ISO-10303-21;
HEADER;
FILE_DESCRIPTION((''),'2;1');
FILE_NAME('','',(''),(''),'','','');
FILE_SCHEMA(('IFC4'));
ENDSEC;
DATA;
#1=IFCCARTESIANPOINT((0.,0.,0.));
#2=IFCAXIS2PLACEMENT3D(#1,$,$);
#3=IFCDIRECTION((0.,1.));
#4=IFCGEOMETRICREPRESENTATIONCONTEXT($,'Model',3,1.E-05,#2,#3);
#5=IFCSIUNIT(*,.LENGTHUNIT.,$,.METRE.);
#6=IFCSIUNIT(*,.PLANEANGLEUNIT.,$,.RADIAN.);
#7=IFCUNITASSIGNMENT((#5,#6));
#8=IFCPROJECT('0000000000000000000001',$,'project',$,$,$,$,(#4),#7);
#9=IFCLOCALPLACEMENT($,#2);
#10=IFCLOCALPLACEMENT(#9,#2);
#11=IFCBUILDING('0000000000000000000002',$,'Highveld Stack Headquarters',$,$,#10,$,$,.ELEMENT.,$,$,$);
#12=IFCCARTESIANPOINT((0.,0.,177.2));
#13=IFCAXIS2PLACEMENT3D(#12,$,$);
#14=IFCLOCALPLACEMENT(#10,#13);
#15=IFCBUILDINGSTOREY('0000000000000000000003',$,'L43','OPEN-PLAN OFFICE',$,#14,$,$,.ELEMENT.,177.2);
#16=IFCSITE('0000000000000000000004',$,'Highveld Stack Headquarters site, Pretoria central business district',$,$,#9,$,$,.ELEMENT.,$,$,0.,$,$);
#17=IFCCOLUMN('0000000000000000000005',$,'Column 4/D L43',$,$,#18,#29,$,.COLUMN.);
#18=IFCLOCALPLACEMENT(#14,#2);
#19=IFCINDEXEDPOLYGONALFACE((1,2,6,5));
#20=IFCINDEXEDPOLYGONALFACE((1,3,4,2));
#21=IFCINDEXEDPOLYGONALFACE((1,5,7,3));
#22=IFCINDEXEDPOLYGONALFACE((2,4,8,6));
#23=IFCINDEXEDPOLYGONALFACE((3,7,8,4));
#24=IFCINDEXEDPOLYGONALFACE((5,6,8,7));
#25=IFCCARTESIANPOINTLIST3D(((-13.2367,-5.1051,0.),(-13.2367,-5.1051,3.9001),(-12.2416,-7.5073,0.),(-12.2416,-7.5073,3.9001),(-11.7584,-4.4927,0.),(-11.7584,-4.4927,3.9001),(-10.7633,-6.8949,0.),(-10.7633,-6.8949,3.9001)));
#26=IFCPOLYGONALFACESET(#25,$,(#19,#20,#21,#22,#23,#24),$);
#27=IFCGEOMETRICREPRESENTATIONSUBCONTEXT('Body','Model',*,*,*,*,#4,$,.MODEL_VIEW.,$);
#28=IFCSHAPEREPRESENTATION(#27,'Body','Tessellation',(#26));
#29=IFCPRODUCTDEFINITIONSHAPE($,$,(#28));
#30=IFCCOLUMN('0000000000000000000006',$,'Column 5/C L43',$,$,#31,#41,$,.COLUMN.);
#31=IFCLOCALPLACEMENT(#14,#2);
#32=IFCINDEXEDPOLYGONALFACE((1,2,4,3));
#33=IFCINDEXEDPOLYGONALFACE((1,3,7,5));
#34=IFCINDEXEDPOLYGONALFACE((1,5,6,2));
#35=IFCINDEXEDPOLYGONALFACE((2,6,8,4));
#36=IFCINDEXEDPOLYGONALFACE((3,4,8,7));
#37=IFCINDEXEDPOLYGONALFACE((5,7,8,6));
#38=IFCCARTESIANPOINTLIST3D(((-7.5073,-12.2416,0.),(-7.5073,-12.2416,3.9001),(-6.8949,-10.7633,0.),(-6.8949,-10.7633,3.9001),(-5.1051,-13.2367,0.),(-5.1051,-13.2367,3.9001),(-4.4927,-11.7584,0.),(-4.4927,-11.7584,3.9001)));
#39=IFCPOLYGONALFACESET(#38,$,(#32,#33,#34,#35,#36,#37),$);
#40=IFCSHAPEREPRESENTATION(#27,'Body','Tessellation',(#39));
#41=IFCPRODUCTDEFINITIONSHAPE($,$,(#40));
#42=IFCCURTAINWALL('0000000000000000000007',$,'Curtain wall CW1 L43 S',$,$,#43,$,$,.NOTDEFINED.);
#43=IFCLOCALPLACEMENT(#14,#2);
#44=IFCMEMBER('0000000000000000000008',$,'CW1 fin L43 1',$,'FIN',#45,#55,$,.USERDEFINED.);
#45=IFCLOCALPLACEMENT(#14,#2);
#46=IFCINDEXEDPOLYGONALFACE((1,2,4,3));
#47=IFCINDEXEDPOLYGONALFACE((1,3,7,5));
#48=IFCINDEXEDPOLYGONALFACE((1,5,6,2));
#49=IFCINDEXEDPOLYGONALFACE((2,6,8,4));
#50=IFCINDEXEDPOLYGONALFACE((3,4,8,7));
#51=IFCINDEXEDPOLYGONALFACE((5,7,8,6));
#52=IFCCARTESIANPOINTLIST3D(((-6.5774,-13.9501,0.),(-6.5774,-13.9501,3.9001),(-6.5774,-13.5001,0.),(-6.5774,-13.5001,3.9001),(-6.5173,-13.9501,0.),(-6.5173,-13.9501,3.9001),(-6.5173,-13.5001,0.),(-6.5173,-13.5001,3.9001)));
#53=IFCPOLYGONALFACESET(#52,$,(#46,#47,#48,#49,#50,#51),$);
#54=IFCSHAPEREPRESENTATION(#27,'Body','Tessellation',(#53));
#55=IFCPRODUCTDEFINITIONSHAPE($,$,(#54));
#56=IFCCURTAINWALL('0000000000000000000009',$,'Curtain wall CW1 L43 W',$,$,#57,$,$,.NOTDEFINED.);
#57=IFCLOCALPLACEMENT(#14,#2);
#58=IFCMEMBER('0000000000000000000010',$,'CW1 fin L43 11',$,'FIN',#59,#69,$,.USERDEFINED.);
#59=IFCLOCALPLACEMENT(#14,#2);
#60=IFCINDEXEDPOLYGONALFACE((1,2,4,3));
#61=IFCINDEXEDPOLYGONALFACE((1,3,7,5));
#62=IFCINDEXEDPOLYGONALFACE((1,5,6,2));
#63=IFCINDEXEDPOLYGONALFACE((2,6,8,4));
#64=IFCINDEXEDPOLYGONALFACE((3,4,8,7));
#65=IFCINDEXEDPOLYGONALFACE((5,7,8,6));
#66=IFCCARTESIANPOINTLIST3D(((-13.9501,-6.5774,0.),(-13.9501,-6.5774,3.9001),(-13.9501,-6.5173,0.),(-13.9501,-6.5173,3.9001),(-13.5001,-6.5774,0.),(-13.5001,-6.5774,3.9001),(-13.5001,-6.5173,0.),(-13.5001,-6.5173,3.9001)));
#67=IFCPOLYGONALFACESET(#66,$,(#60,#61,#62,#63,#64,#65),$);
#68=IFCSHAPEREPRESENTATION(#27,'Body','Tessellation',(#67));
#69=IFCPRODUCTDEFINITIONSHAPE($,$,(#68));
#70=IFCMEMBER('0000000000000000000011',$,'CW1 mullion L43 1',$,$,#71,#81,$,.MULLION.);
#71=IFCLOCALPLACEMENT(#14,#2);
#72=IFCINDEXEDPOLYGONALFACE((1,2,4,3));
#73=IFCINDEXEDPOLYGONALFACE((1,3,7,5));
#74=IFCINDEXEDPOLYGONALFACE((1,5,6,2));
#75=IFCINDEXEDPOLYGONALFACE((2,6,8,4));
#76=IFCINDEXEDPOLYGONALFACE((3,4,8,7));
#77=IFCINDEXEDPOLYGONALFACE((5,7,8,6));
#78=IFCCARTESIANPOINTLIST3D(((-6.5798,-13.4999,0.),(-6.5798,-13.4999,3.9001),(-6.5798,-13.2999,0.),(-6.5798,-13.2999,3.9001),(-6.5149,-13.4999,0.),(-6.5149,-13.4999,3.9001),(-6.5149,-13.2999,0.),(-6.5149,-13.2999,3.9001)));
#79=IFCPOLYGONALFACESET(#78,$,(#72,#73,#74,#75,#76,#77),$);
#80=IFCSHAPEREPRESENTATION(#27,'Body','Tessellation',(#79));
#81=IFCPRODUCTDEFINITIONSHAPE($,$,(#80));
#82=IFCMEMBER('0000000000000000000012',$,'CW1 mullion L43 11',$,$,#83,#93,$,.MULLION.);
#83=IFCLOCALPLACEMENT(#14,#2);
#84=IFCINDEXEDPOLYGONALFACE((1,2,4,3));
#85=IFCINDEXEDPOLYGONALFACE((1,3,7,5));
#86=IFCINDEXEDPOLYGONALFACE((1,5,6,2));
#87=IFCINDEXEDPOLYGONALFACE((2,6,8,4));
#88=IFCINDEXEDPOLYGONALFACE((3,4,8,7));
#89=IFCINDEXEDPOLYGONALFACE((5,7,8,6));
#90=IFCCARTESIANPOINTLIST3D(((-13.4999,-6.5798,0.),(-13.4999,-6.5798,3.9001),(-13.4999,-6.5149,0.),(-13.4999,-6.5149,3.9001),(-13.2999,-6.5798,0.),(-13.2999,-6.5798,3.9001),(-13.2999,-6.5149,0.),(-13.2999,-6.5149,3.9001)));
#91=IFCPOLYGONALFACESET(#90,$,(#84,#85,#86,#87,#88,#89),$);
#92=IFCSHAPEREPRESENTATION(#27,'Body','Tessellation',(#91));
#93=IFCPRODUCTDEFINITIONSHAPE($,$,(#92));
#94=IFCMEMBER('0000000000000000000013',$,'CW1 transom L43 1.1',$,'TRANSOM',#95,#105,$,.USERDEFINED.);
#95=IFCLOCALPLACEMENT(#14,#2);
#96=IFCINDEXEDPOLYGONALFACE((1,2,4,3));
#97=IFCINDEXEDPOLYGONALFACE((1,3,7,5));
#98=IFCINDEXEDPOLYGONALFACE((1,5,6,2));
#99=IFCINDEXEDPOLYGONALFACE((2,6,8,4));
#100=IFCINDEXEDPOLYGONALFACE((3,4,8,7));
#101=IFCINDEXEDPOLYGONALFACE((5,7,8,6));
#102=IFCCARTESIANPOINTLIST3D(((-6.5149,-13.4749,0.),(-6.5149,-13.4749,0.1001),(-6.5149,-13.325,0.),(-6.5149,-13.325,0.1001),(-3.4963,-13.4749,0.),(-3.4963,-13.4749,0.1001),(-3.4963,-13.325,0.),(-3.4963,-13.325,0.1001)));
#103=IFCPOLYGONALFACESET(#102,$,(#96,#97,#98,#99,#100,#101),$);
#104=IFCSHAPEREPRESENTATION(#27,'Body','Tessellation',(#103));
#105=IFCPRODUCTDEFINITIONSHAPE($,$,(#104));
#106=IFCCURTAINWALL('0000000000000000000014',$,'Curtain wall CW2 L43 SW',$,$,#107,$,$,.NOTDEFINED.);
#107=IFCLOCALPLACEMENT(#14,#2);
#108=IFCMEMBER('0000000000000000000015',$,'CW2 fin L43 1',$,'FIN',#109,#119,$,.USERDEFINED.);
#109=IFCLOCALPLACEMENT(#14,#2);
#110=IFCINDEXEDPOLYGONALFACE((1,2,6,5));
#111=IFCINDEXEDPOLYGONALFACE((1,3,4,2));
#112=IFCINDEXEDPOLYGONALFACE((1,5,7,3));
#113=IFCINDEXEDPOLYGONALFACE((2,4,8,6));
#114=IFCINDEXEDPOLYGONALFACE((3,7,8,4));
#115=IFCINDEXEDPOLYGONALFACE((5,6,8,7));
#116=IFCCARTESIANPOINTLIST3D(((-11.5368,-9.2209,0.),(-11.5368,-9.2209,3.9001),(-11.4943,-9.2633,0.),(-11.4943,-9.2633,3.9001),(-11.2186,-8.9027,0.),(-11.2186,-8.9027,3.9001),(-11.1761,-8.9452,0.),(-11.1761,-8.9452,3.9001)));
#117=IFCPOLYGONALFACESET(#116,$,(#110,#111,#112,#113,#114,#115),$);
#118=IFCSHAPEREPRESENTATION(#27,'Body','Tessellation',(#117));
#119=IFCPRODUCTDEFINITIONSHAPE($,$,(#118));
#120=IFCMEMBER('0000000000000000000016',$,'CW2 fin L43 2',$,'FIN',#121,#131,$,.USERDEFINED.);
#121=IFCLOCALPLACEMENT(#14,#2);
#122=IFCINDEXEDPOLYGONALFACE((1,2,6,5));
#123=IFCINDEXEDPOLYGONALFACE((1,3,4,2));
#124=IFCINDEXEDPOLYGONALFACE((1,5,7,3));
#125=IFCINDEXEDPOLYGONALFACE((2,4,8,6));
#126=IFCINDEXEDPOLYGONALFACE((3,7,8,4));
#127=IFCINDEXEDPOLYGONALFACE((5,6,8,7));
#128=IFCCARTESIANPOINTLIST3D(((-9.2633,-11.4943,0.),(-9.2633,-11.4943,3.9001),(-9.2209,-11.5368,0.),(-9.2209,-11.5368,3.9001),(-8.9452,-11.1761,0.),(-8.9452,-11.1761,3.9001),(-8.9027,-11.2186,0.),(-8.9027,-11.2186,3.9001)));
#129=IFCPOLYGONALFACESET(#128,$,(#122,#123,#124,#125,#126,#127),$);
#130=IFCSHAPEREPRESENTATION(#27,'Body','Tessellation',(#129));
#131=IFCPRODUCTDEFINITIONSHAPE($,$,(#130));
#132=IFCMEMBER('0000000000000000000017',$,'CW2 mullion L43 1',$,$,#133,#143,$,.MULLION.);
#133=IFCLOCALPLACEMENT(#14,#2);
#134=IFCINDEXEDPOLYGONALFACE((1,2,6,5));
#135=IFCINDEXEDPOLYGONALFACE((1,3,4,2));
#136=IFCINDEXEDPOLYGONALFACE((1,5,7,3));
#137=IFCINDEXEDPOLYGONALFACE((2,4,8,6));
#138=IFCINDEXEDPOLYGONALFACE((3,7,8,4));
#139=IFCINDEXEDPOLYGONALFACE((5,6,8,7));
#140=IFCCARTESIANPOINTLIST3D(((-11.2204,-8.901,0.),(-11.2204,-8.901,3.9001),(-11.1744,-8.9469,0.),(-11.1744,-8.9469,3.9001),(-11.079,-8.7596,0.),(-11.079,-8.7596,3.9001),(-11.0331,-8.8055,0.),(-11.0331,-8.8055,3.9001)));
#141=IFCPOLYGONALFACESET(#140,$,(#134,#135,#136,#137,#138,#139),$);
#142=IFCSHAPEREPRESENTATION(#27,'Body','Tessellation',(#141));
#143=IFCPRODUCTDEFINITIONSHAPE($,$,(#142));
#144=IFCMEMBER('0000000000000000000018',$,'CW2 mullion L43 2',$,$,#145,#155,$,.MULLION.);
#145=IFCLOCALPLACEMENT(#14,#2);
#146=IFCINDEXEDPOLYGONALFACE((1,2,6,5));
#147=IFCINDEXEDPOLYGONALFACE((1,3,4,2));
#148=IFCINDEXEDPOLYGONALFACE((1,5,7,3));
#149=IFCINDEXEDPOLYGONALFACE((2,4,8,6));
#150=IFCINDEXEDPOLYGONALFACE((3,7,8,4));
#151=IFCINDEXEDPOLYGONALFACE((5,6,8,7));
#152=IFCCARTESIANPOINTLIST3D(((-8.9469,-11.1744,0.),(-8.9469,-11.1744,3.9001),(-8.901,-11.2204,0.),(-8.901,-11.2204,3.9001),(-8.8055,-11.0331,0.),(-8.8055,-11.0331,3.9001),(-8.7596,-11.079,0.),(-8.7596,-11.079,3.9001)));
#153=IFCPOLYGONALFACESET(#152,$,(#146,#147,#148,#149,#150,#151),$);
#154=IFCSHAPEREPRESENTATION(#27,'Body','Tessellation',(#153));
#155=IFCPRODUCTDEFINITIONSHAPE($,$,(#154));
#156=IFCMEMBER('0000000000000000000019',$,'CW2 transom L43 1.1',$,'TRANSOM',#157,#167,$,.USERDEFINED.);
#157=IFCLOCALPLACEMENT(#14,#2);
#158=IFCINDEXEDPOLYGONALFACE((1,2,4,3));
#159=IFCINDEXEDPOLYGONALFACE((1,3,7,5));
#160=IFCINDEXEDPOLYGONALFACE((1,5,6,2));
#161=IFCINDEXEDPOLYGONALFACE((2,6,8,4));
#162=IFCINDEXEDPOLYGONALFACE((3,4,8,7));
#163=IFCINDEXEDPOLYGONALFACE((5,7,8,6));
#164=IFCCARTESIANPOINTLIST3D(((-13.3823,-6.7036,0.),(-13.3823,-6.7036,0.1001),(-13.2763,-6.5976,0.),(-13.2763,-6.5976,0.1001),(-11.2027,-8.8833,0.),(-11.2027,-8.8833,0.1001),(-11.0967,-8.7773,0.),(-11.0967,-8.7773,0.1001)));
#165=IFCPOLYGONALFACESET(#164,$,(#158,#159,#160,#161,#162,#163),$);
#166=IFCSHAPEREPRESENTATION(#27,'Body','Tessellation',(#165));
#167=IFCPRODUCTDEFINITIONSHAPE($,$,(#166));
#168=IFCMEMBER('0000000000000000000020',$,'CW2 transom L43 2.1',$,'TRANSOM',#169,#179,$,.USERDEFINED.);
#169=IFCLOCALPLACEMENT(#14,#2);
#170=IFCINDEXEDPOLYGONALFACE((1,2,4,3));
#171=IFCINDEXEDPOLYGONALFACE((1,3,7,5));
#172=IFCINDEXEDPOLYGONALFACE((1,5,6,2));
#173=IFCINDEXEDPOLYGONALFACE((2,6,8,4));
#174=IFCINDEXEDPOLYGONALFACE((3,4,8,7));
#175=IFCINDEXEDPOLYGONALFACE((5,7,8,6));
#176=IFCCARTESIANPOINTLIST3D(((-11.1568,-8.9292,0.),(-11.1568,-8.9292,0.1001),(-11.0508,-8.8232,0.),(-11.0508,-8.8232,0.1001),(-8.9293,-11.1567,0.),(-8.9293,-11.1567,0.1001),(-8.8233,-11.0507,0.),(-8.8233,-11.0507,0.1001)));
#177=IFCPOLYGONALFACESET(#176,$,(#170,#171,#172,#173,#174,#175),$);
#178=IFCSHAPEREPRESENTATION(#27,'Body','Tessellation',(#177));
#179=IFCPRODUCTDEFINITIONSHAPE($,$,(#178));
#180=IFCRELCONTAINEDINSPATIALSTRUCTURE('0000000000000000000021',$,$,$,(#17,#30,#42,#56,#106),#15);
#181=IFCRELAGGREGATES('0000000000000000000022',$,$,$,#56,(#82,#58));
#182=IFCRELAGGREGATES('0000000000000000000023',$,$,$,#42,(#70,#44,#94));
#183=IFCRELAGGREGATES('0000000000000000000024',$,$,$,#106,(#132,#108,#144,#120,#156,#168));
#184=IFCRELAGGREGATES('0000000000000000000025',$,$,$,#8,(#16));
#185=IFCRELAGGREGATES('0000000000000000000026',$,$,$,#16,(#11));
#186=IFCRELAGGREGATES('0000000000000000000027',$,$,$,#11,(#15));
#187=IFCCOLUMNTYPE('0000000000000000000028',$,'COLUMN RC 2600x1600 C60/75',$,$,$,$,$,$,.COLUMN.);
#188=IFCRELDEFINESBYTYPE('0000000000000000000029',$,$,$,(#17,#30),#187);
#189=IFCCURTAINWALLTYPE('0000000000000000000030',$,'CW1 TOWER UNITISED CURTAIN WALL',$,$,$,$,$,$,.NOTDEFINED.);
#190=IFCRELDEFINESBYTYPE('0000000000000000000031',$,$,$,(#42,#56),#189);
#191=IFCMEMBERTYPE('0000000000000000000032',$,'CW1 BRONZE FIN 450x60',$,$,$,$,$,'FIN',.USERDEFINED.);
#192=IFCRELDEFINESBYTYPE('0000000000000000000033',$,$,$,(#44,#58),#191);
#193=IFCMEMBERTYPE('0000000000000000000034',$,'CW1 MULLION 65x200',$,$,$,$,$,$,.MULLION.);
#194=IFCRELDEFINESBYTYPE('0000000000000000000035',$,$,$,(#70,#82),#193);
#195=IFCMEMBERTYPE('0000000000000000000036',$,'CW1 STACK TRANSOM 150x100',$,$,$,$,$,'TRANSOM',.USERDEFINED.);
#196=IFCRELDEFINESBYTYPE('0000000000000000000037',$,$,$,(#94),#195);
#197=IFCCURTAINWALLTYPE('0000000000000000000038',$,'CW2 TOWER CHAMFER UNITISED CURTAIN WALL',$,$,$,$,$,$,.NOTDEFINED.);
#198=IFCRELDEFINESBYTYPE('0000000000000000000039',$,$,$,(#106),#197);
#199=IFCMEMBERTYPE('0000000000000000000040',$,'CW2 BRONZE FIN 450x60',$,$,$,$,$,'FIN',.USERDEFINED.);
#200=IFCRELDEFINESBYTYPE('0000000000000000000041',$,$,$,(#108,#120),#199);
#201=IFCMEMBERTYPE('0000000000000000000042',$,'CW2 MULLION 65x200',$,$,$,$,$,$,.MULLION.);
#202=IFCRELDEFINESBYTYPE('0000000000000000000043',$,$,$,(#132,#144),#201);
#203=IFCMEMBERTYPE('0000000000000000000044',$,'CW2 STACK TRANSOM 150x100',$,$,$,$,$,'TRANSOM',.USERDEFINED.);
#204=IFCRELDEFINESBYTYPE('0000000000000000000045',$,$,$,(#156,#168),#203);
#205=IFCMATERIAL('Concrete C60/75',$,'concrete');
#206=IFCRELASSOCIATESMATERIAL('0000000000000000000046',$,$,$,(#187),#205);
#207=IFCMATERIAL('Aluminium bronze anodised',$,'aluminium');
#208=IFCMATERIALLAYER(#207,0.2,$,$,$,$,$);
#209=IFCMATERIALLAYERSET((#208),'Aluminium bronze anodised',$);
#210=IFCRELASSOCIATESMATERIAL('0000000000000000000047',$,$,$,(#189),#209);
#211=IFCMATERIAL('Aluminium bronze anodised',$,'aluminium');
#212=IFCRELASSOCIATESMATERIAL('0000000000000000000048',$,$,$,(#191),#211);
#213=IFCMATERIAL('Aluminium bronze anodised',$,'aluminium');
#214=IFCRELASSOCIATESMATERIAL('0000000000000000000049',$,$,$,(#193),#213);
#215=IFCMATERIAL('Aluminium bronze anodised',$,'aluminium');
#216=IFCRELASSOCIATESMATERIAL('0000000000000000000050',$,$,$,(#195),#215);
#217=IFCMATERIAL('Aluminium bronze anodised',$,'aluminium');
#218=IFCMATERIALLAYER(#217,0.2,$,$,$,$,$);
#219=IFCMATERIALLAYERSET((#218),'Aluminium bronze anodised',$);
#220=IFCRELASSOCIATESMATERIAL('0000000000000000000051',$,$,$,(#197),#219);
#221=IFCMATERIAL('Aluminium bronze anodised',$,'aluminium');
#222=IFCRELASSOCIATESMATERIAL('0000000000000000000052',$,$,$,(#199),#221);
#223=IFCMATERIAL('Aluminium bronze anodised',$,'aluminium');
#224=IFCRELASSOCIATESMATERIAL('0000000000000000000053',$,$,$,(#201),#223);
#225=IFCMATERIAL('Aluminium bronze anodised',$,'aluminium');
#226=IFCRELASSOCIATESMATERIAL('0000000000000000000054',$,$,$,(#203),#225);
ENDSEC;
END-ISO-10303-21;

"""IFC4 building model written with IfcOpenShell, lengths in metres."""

from ifc_helpers import new_model, si_unit, direction, frame, origin, origin_2d, place, context, subcontext, project, spatial, rectangle, extrude, material, layer, layer_set, material_profile, profile_set, type_object, element, aggregate, save


model = new_model("IFC4")

# Units and contexts
model_context = context("Model", 3, precision=1e-05, world=origin(), true_north=direction((0.0, 1.0)))
body_context = subcontext(model_context, "Body", "Model", "MODEL_VIEW")
ifc_project = project(units=[si_unit("LENGTHUNIT", "METRE"), si_unit("PLANEANGLEUNIT", "RADIAN")], contexts=[model_context])

# Site, building, storey
site_placement = place(None, origin())
site = spatial("IfcSite", under=ifc_project, at=site_placement, Name="Highveld Stack Headquarters site, Pretoria central business district", CompositionType="ELEMENT", RefElevation=0.0)
building_placement = place(site_placement, origin())
building = spatial("IfcBuilding", under=site, at=building_placement, Name="Highveld Stack Headquarters", CompositionType="ELEMENT")
storey_placement = place(building_placement, frame((0.0, 0.0, 177.2)))
storey = spatial("IfcBuildingStorey", under=building, at=storey_placement, Name="L43", Description="OPEN-PLAN OFFICE", CompositionType="ELEMENT", Elevation=177.2)

# Columns
ifc_material_1 = material(Name="Concrete C60/75", Category="concrete")
ifc_material_profile_1 = material_profile(ifc_material_1, rectangle(XDim=2.6001, YDim=1.6001, at=origin_2d()), Name="RC 2600x1600")
ifc_profile_set_1 = profile_set([ifc_material_profile_1], Name="Concrete C60/75")
column_type = type_object("IfcColumnType", Name="COLUMN RC 2600x1600 C60/75", PredefinedType="COLUMN", material=ifc_profile_set_1)
for number, where, z_axis, x_axis, name in (
    (1, (-12.0, -6.0, 0.0), (0.0, 0.0, 1.0), (-0.382683, 0.92388, 0.0), "Column 4/D L43"),
    (2, (-6.0, -12.0, 0.0), (0.0, 0.0, 1.0), (-0.92388, 0.382683, 0.0), "Column 5/C L43"),
):
    element("IfcColumn", number, at=place(storey_placement, frame(where, z_axis=z_axis, x_axis=x_axis)), inside=storey, type_object=column_type, Name=name, PredefinedType="COLUMN", context=body_context, shape_type="SweptSolid", body=[
        extrude(rectangle(XDim=2.6001, YDim=1.6001, at=origin_2d()), origin(), (0.0, 0.0, 1.0), 3.9001),
    ])

# Curtain walls, members
ifc_material_2 = material(Name="Aluminium bronze anodised", Category="aluminium")
ifc_layer_1 = layer(ifc_material_2, 0.2)
ifc_layer_set_1 = layer_set([ifc_layer_1], Name="Aluminium bronze anodised")
curtain_wall_type_1 = type_object("IfcCurtainWallType", Name="CW1 TOWER UNITISED CURTAIN WALL", PredefinedType="NOTDEFINED", material=ifc_layer_set_1)
curtain_wall_1_placement = place(storey_placement, origin())
curtain_wall_1 = element("IfcCurtainWall", 3, at=curtain_wall_1_placement, inside=storey, type_object=curtain_wall_type_1, Name="Curtain wall CW1 L43 S", PredefinedType="NOTDEFINED")
ifc_material_3 = material(Name="Aluminium bronze anodised", Category="aluminium")
ifc_material_profile_2 = material_profile(ifc_material_3, rectangle(XDim=0.45, YDim=0.0601, at=origin_2d()), Name="FIN 450x60")
ifc_profile_set_2 = profile_set([ifc_material_profile_2], Name="Aluminium bronze anodised")
member_type_1 = type_object("IfcMemberType", Name="CW1 BRONZE FIN 450x60", ElementType="FIN", PredefinedType="USERDEFINED", material=ifc_profile_set_2)
member_1_placement = place(storey_placement, frame((-6.5474, -13.7251, 0.0), z_axis=(0.0, 0.0, 1.0), x_axis=(0.0, 1.0, 0.0)))
member_1 = element("IfcMember", 4, at=member_1_placement, type_object=member_type_1, Name="CW1 fin L43 1", ObjectType="FIN", PredefinedType="USERDEFINED", context=body_context, shape_type="SweptSolid", body=[
    extrude(rectangle(XDim=0.45, YDim=0.0601, at=origin_2d()), origin(), (0.0, 0.0, 1.0), 3.9001),
])
curtain_wall_2_placement = place(storey_placement, origin())
curtain_wall_2 = element("IfcCurtainWall", 5, at=curtain_wall_2_placement, inside=storey, type_object=curtain_wall_type_1, Name="Curtain wall CW1 L43 W", PredefinedType="NOTDEFINED")
member_2_placement = place(storey_placement, frame((-13.7251, -6.5474, 0.0), z_axis=(0.0, 0.0, 1.0), x_axis=(1.0, 0.0, 0.0)))
member_2 = element("IfcMember", 6, at=member_2_placement, type_object=member_type_1, Name="CW1 fin L43 11", ObjectType="FIN", PredefinedType="USERDEFINED", context=body_context, shape_type="SweptSolid", body=[
    extrude(rectangle(XDim=0.45, YDim=0.0601, at=origin_2d()), origin(), (0.0, 0.0, 1.0), 3.9001),
])

# Members
ifc_material_4 = material(Name="Aluminium bronze anodised", Category="aluminium")
ifc_material_profile_3 = material_profile(ifc_material_4, rectangle(XDim=0.2, YDim=0.0649, at=origin_2d()), Name="CW1 MULLION 65x200")
ifc_profile_set_3 = profile_set([ifc_material_profile_3], Name="Aluminium bronze anodised")
member_type_2 = type_object("IfcMemberType", Name="CW1 MULLION 65x200", PredefinedType="MULLION", material=ifc_profile_set_3)
member_3_placement = place(storey_placement, frame((-6.5474, -13.3999, 0.0), z_axis=(0.0, 0.0, 1.0), x_axis=(0.0, 1.0, 0.0)))
member_3 = element("IfcMember", 7, at=member_3_placement, type_object=member_type_2, Name="CW1 mullion L43 1", PredefinedType="MULLION", context=body_context, shape_type="SweptSolid", body=[
    extrude(rectangle(XDim=0.2, YDim=0.0649, at=origin_2d()), origin(), (0.0, 0.0, 1.0), 3.9001),
])
member_4_placement = place(storey_placement, frame((-13.3999, -6.5474, 0.0), z_axis=(0.0, 0.0, 1.0), x_axis=(1.0, 0.0, 0.0)))
member_4 = element("IfcMember", 8, at=member_4_placement, type_object=member_type_2, Name="CW1 mullion L43 11", PredefinedType="MULLION", context=body_context, shape_type="SweptSolid", body=[
    extrude(rectangle(XDim=0.2, YDim=0.0649, at=origin_2d()), origin(), (0.0, 0.0, 1.0), 3.9001),
])
aggregate(curtain_wall_2, [member_4, member_2])
ifc_material_5 = material(Name="Aluminium bronze anodised", Category="aluminium")
ifc_material_profile_4 = material_profile(ifc_material_5, rectangle(XDim=0.1499, YDim=0.1001, at=origin_2d()), Name="CW1 TRANSOM 150x100")
ifc_profile_set_4 = profile_set([ifc_material_profile_4], Name="Aluminium bronze anodised")
member_type_3 = type_object("IfcMemberType", Name="CW1 STACK TRANSOM 150x100", ElementType="TRANSOM", PredefinedType="USERDEFINED", material=ifc_profile_set_4)
member_5_placement = place(storey_placement, frame((-6.5149, -13.3999, 0.05), z_axis=(1.0, 0.0, 0.0), x_axis=(0.0, 1.0, 0.0)))
member_5 = element("IfcMember", 9, at=member_5_placement, type_object=member_type_3, Name="CW1 transom L43 1.1", ObjectType="TRANSOM", PredefinedType="USERDEFINED", context=body_context, shape_type="SweptSolid", body=[
    extrude(rectangle(XDim=0.1499, YDim=0.1001, at=origin_2d()), origin(), (0.0, 0.0, 1.0), 3.0186),
])
aggregate(curtain_wall_1, [member_3, member_1, member_5])

# Curtain wall, members
ifc_material_6 = material(Name="Aluminium bronze anodised", Category="aluminium")
ifc_layer_2 = layer(ifc_material_6, 0.2)
ifc_layer_set_2 = layer_set([ifc_layer_2], Name="Aluminium bronze anodised")
curtain_wall_type_2 = type_object("IfcCurtainWallType", Name="CW2 TOWER CHAMFER UNITISED CURTAIN WALL", PredefinedType="NOTDEFINED", material=ifc_layer_set_2)
curtain_wall_3_placement = place(storey_placement, origin())
curtain_wall_3 = element("IfcCurtainWall", 10, at=curtain_wall_3_placement, inside=storey, type_object=curtain_wall_type_2, Name="Curtain wall CW2 L43 SW", PredefinedType="NOTDEFINED")
ifc_material_7 = material(Name="Aluminium bronze anodised", Category="aluminium")
ifc_material_profile_5 = material_profile(ifc_material_7, rectangle(XDim=0.45, YDim=0.0601, at=origin_2d()), Name="FIN 450x60")
ifc_profile_set_5 = profile_set([ifc_material_profile_5], Name="Aluminium bronze anodised")
member_type_4 = type_object("IfcMemberType", Name="CW2 BRONZE FIN 450x60", ElementType="FIN", PredefinedType="USERDEFINED", material=ifc_profile_set_5)
member_6_placement = place(storey_placement, frame((-11.3564, -9.083, 0.0), z_axis=(0.0, 0.0, 1.0), x_axis=(0.707107, 0.707107, 0.0)))
member_6 = element("IfcMember", 11, at=member_6_placement, type_object=member_type_4, Name="CW2 fin L43 1", ObjectType="FIN", PredefinedType="USERDEFINED", context=body_context, shape_type="SweptSolid", body=[
    extrude(rectangle(XDim=0.45, YDim=0.0601, at=origin_2d()), origin(), (0.0, 0.0, 1.0), 3.9001),
])
member_7_placement = place(storey_placement, frame((-9.083, -11.3564, 0.0), z_axis=(0.0, 0.0, 1.0), x_axis=(0.707107, 0.707107, 0.0)))
member_7 = element("IfcMember", 12, at=member_7_placement, type_object=member_type_4, Name="CW2 fin L43 2", ObjectType="FIN", PredefinedType="USERDEFINED", context=body_context, shape_type="SweptSolid", body=[
    extrude(rectangle(XDim=0.45, YDim=0.0601, at=origin_2d()), origin(), (0.0, 0.0, 1.0), 3.9001),
])
ifc_material_8 = material(Name="Aluminium bronze anodised", Category="aluminium")
ifc_material_profile_6 = material_profile(ifc_material_8, rectangle(XDim=0.2, YDim=0.0649, at=origin_2d()), Name="CW2 MULLION 65x200")
ifc_profile_set_6 = profile_set([ifc_material_profile_6], Name="Aluminium bronze anodised")
member_type_5 = type_object("IfcMemberType", Name="CW2 MULLION 65x200", PredefinedType="MULLION", material=ifc_profile_set_6)
member_8_placement = place(storey_placement, frame((-11.1267, -8.8533, 0.0), z_axis=(0.0, 0.0, 1.0), x_axis=(0.707107, 0.707107, 0.0)))
member_8 = element("IfcMember", 13, at=member_8_placement, type_object=member_type_5, Name="CW2 mullion L43 1", PredefinedType="MULLION", context=body_context, shape_type="SweptSolid", body=[
    extrude(rectangle(XDim=0.2, YDim=0.0649, at=origin_2d()), origin(), (0.0, 0.0, 1.0), 3.9001),
])
member_9_placement = place(storey_placement, frame((-8.8533, -11.1267, 0.0), z_axis=(0.0, 0.0, 1.0), x_axis=(0.707107, 0.707107, 0.0)))
member_9 = element("IfcMember", 14, at=member_9_placement, type_object=member_type_5, Name="CW2 mullion L43 2", PredefinedType="MULLION", context=body_context, shape_type="SweptSolid", body=[
    extrude(rectangle(XDim=0.2, YDim=0.0649, at=origin_2d()), origin(), (0.0, 0.0, 1.0), 3.9001),
])
ifc_material_9 = material(Name="Aluminium bronze anodised", Category="aluminium")
ifc_material_profile_7 = material_profile(ifc_material_9, rectangle(XDim=0.1499, YDim=0.1001, at=origin_2d()), Name="CW2 TRANSOM 150x100")
ifc_profile_set_7 = profile_set([ifc_material_profile_7], Name="Aluminium bronze anodised")
member_type_6 = type_object("IfcMemberType", Name="CW2 STACK TRANSOM 150x100", ElementType="TRANSOM", PredefinedType="USERDEFINED", material=ifc_profile_set_7)
member_10_placement = place(storey_placement, frame((-13.3293, -6.6506, 0.05), z_axis=(0.707107, -0.707107, 0.0), x_axis=(0.707107, 0.707107, 0.0)))
member_10 = element("IfcMember", 15, at=member_10_placement, type_object=member_type_6, Name="CW2 transom L43 1.1", ObjectType="TRANSOM", PredefinedType="USERDEFINED", context=body_context, shape_type="SweptSolid", body=[
    extrude(rectangle(XDim=0.1499, YDim=0.1001, at=origin_2d()), origin(), (0.0, 0.0, 1.0), 3.0825),
])
member_11_placement = place(storey_placement, frame((-11.1038, -8.8762, 0.05), z_axis=(0.707107, -0.707107, 0.0), x_axis=(0.707107, 0.707107, 0.0)))
member_11 = element("IfcMember", 16, at=member_11_placement, type_object=member_type_6, Name="CW2 transom L43 2.1", ObjectType="TRANSOM", PredefinedType="USERDEFINED", context=body_context, shape_type="SweptSolid", body=[
    extrude(rectangle(XDim=0.1499, YDim=0.1001, at=origin_2d()), origin(), (0.0, 0.0, 1.0), 3.1501),
])
aggregate(curtain_wall_3, [member_8, member_6, member_9, member_7, member_10, member_11])

save(model, "model.ifc")
